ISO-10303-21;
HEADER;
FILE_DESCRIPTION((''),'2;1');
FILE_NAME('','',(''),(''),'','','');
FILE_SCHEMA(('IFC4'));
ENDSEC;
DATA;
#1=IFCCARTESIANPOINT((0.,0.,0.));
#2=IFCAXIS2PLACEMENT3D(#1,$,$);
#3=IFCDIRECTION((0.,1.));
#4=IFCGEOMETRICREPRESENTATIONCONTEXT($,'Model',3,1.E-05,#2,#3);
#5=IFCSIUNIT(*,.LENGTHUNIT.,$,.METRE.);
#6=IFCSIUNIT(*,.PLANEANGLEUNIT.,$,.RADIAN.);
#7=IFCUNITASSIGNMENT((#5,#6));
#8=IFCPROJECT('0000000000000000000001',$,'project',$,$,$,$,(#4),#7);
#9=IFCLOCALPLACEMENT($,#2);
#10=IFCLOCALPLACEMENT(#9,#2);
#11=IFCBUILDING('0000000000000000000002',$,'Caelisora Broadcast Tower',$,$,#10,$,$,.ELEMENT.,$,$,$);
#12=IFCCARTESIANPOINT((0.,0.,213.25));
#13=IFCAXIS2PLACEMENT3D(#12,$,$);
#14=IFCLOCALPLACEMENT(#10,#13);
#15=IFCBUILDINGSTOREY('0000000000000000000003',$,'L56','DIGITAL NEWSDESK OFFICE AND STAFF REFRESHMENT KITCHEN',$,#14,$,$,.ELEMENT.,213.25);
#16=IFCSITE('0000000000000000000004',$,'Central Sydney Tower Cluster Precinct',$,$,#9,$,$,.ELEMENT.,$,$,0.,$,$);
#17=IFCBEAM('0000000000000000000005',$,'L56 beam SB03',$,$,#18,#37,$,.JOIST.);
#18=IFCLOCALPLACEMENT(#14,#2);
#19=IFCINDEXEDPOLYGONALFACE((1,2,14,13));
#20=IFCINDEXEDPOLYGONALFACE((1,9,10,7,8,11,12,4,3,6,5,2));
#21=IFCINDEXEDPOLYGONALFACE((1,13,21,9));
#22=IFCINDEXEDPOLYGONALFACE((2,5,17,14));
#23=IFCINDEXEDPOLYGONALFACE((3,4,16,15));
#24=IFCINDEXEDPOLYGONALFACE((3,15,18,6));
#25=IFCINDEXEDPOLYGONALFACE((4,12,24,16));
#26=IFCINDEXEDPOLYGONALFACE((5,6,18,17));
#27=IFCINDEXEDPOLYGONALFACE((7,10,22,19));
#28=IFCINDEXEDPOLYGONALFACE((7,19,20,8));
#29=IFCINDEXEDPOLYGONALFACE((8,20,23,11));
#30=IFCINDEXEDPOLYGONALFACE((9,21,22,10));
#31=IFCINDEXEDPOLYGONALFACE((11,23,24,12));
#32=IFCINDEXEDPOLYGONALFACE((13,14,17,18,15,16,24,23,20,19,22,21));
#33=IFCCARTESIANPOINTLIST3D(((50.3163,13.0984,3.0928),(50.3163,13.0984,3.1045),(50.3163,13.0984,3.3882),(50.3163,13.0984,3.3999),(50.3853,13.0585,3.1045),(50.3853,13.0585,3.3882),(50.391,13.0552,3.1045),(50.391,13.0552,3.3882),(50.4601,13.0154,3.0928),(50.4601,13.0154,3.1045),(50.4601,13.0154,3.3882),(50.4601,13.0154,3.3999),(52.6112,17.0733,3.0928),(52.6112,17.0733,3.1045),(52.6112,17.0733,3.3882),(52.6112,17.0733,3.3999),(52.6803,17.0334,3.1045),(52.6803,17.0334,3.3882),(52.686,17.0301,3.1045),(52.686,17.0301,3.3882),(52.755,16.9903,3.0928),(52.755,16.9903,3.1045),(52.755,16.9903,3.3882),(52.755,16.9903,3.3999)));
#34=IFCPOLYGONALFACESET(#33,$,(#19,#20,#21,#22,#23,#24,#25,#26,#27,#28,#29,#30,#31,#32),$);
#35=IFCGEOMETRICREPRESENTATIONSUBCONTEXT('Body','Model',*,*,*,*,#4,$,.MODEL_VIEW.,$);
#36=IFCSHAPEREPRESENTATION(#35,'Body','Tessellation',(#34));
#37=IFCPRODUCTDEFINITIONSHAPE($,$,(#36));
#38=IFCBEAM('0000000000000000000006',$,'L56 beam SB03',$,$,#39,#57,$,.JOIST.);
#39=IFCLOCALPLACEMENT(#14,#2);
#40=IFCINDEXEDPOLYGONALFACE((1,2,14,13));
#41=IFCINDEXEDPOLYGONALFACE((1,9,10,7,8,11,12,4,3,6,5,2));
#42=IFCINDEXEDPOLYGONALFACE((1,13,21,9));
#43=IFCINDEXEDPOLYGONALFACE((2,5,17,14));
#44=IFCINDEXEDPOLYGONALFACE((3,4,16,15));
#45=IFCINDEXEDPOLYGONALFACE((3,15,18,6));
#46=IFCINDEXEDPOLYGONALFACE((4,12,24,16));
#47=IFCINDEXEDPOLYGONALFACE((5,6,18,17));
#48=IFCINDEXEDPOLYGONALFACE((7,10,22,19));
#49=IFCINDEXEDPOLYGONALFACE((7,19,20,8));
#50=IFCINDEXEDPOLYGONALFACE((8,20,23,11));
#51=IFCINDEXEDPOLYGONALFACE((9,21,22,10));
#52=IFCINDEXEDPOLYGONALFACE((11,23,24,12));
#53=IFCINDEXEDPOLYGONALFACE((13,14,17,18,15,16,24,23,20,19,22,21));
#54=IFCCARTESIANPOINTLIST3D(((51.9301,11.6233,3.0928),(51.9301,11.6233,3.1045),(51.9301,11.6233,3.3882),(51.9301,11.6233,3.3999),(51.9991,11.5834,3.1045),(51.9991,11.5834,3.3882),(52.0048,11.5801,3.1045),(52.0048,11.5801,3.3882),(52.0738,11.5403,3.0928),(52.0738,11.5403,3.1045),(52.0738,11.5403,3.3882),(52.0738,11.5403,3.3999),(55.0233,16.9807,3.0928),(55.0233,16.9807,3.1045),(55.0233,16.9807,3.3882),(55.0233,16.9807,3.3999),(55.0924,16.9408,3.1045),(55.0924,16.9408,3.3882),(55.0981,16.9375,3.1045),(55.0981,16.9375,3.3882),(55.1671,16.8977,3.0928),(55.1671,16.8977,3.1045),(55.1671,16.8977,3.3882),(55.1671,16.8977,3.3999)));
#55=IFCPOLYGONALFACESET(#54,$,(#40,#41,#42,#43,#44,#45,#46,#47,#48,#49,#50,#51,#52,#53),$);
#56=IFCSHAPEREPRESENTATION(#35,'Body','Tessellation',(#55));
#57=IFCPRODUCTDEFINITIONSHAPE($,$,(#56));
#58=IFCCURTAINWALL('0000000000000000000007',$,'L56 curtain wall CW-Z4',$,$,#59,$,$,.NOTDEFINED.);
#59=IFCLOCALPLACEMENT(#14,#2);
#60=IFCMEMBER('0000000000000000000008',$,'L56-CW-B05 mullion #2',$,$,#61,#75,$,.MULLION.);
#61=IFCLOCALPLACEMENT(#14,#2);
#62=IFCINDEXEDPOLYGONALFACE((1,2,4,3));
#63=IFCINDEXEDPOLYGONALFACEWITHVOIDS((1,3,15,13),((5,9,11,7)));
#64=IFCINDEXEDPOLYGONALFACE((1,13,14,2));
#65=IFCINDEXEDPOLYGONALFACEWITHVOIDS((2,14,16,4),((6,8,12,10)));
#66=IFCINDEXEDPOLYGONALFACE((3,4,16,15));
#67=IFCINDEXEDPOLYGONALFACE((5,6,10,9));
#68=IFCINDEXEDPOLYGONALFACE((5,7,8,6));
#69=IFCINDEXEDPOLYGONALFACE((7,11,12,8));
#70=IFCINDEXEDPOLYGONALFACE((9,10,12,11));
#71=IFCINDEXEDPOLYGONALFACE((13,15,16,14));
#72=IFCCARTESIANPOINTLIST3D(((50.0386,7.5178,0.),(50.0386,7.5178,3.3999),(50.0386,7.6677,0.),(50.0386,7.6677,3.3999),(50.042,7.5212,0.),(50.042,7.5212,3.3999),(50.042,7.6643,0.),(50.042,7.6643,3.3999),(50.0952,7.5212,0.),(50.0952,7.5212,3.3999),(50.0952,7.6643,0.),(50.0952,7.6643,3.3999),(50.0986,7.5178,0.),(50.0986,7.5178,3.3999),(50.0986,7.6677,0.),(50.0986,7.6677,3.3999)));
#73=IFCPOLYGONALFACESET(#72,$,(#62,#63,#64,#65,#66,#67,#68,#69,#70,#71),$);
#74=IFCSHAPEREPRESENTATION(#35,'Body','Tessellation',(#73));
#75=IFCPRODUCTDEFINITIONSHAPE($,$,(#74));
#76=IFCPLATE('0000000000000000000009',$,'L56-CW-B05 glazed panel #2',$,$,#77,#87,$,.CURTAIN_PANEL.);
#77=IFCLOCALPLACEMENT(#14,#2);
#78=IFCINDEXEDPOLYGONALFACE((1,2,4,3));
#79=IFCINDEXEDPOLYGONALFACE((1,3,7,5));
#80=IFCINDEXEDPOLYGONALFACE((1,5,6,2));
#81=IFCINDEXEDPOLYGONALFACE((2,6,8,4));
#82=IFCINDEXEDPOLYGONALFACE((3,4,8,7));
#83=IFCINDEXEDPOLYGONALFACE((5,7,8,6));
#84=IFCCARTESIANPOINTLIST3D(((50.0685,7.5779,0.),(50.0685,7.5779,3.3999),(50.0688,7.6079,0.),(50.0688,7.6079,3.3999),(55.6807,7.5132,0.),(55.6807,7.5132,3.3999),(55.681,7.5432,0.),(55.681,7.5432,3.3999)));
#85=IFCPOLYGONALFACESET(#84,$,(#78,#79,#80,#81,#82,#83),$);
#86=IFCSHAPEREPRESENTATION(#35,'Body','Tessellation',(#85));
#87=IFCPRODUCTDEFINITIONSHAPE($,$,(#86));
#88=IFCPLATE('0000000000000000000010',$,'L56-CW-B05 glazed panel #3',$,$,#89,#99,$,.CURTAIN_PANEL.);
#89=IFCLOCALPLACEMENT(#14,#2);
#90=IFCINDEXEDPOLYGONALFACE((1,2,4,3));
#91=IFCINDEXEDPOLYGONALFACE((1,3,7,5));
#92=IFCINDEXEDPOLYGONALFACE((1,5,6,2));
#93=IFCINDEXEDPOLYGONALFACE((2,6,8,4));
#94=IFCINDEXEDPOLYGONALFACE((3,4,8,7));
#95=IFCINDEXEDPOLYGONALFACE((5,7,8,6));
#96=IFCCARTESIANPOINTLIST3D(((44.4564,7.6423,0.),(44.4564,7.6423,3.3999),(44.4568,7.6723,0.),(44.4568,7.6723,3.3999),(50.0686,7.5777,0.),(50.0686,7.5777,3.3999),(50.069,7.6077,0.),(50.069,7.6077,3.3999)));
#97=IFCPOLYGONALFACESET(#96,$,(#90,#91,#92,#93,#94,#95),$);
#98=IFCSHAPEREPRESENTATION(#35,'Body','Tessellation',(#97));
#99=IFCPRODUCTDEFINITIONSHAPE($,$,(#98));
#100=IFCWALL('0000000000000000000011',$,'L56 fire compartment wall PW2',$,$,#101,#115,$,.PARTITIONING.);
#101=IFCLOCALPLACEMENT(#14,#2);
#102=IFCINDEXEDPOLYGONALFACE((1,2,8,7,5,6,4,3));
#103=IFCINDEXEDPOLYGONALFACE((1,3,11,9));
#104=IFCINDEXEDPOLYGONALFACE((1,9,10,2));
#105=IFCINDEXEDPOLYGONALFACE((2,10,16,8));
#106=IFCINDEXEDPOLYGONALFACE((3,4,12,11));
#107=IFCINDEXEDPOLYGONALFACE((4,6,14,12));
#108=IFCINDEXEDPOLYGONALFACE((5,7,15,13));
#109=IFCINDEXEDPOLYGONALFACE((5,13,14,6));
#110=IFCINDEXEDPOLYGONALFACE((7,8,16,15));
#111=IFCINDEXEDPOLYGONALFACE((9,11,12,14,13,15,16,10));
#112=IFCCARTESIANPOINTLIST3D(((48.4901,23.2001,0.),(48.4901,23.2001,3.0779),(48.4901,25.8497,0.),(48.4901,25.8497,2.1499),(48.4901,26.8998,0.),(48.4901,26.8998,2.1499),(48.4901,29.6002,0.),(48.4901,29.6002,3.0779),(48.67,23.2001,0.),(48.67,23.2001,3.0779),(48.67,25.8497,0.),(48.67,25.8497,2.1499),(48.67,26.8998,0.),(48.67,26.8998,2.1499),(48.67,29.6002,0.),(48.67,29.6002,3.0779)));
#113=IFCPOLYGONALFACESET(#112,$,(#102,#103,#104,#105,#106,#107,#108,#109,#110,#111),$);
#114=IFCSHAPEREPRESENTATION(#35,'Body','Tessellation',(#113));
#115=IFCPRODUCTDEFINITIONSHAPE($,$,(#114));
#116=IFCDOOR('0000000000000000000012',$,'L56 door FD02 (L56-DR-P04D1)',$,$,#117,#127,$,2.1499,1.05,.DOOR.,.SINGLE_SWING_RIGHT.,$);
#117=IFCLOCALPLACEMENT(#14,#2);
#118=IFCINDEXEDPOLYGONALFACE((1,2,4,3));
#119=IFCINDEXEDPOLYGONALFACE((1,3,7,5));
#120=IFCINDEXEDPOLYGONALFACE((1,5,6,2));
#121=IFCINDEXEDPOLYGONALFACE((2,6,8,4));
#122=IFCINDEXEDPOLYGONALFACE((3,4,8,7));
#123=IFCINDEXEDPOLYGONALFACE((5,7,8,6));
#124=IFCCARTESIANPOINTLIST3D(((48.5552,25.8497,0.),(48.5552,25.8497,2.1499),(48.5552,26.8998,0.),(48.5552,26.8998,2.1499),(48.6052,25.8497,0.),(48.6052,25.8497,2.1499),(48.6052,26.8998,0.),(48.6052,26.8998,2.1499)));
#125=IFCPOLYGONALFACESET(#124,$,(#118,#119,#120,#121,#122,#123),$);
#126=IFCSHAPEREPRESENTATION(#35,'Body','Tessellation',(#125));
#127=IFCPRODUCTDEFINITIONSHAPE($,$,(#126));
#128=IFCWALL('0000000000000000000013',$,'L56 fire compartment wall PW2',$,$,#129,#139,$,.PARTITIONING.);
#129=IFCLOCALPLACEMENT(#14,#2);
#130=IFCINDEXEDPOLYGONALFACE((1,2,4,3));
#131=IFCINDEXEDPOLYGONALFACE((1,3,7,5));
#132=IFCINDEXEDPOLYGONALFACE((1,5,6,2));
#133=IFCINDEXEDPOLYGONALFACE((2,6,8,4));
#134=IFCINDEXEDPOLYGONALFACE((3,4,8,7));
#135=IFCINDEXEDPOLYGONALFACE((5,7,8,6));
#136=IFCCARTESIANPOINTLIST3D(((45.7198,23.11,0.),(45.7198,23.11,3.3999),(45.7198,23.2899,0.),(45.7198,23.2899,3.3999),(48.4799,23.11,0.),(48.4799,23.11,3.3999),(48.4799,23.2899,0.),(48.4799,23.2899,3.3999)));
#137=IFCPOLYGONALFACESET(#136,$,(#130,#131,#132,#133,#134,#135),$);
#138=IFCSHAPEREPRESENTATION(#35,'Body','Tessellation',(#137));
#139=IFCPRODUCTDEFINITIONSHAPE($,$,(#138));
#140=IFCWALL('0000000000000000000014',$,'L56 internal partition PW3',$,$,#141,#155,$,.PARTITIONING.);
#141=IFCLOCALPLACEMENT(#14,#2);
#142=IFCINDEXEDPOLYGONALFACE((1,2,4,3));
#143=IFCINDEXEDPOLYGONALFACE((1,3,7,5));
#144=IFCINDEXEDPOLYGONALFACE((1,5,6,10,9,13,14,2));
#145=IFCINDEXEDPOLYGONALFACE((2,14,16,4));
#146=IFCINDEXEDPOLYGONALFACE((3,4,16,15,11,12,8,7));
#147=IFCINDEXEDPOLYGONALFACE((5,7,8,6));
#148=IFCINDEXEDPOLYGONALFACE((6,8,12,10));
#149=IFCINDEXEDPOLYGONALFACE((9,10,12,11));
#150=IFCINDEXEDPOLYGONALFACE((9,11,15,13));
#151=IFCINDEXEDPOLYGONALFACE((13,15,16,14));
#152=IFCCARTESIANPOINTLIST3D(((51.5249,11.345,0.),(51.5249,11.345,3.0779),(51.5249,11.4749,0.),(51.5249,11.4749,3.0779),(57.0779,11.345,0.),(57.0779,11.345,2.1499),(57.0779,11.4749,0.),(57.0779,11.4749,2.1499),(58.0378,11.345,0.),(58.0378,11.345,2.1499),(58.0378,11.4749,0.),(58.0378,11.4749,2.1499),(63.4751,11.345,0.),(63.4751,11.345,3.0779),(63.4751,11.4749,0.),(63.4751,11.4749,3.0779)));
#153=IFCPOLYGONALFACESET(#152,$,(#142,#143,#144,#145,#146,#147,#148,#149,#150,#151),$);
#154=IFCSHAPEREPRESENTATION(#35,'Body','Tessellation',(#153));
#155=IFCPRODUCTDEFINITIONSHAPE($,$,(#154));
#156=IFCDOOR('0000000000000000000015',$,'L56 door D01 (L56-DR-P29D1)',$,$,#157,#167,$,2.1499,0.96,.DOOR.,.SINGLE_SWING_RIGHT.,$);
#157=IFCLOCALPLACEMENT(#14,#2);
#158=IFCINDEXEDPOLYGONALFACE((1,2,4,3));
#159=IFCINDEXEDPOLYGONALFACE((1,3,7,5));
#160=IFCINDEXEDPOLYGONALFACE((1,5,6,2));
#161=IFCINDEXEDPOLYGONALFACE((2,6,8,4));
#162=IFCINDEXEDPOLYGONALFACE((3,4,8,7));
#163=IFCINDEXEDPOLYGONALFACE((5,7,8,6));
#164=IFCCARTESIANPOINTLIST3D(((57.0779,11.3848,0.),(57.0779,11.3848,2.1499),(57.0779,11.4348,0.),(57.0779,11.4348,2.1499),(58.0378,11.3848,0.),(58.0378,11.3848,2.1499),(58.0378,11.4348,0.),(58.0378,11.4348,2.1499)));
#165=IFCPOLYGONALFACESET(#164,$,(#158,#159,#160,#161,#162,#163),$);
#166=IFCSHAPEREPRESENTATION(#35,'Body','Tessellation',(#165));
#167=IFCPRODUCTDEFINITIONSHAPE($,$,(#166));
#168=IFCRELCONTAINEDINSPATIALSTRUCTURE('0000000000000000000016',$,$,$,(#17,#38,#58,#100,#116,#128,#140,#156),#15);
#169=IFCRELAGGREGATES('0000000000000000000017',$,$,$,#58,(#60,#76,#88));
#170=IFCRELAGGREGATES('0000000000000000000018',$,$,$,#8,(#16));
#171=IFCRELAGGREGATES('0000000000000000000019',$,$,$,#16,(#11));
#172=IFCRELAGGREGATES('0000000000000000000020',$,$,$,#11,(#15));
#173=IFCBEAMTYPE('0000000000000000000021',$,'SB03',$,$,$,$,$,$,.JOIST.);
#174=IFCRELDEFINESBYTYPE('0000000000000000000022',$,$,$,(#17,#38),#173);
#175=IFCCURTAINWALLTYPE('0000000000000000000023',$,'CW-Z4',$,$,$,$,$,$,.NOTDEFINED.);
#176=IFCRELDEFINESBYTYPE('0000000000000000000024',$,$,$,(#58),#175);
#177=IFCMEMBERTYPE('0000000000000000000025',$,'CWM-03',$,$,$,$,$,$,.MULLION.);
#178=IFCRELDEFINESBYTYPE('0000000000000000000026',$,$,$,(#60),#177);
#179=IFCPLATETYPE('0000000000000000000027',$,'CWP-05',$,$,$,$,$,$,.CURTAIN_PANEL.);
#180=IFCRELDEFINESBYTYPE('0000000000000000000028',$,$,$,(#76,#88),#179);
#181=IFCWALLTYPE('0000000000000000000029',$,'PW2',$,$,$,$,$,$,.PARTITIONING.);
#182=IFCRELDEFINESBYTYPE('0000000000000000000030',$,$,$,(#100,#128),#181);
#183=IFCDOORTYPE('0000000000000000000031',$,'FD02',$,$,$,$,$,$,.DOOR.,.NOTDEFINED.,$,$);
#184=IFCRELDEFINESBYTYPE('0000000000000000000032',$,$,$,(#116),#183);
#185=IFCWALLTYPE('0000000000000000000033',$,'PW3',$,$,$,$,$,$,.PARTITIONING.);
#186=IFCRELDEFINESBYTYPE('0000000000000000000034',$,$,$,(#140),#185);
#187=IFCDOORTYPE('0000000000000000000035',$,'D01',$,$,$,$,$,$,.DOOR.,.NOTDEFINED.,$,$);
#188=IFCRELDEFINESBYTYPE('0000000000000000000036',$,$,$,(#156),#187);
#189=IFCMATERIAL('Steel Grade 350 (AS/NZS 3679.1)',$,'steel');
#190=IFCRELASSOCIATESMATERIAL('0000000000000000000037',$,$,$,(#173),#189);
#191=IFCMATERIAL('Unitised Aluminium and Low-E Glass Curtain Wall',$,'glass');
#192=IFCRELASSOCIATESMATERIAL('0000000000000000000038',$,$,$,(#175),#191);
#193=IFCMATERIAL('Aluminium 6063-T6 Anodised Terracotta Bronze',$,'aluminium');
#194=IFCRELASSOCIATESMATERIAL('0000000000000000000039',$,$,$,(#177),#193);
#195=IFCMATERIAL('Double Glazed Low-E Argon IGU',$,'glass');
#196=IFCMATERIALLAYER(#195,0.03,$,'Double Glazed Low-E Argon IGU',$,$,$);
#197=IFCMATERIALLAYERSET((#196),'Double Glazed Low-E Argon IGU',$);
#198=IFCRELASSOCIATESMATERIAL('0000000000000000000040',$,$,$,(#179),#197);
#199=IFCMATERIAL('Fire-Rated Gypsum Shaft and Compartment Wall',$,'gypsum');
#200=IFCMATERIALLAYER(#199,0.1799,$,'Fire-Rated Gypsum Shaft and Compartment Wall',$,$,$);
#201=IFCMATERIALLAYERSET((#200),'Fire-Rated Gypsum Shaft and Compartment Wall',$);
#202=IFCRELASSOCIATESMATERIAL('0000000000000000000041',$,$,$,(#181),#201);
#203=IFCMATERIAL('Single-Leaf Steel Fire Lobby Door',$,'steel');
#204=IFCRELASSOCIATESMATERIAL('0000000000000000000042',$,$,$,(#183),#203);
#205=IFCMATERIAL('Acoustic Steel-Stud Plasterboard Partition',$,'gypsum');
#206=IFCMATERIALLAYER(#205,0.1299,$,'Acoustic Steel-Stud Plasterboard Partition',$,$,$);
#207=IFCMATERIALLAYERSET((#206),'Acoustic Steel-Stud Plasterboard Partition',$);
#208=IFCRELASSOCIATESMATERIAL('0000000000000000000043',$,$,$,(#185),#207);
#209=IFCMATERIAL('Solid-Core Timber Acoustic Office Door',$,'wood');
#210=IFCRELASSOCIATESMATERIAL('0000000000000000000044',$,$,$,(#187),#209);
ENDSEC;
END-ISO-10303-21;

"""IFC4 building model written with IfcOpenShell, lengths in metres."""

from ifc_helpers import new_model, si_unit, direction, frame, frame_2d, origin, origin_2d, place, context, subcontext, project, spatial, rectangle, hollow_rectangle, i_section, extrude, source, transform, mapped, material, layer, layer_set, material_profile, profile_set, type_object, type_shapes, element, fill, aggregate, save


model = new_model("IFC4")

# Units and contexts
model_context = context("Model", 3, precision=1e-05, world=origin(), true_north=direction((0.0, 1.0)))
body_context = subcontext(model_context, "Body", "Model", "MODEL_VIEW")
ifc_project = project(units=[si_unit("LENGTHUNIT", "METRE"), si_unit("PLANEANGLEUNIT", "RADIAN")], contexts=[model_context])

# Site, building, storey
site_placement = place(None, origin())
site = spatial("IfcSite", under=ifc_project, at=site_placement, Name="Central Sydney Tower Cluster Precinct", CompositionType="ELEMENT", RefElevation=0.0)
building_placement = place(site_placement, origin())
building = spatial("IfcBuilding", under=site, at=building_placement, Name="Caelisora Broadcast Tower", CompositionType="ELEMENT")
storey_placement = place(building_placement, frame((0.0, 0.0, 213.25)))
storey = spatial("IfcBuildingStorey", under=building, at=storey_placement, Name="L56", Description="DIGITAL NEWSDESK OFFICE AND STAFF REFRESHMENT KITCHEN", CompositionType="ELEMENT", Elevation=213.25)

# Beams
ifc_material_1 = material(Name="Steel Grade 350 (AS/NZS 3679.1)", Category="steel")
ifc_material_profile_1 = material_profile(ifc_material_1, i_section(OverallWidth=0.166, OverallDepth=0.3071, WebThickness=0.0066, FlangeThickness=0.0117, at=origin_2d()), Name="Steel Grade 350 (AS/NZS 3679.1)")
ifc_profile_set_1 = profile_set([ifc_material_profile_1], Name="Steel Grade 350 (AS/NZS 3679.1)")
beam_type_1 = type_object("IfcBeamType", Name="SB03", PredefinedType="JOIST", material=ifc_profile_set_1)
shared_shape_1 = source(origin(), body_context, "Body", "SweptSolid", [
    extrude(i_section(OverallWidth=0.166, OverallDepth=0.3071, WebThickness=0.0066, FlangeThickness=0.0117, at=origin_2d()), origin(), (0.0, 0.0, 1.0), 4.5898),
])
beam_1_placement = place(storey_placement, frame((50.3882, 13.0569, 3.2463), z_axis=(0.500006, 0.866022, 0.0), x_axis=(-0.866022, 0.500006, 0.0)))
element("IfcBeam", 1, at=beam_1_placement, inside=storey, type_object=beam_type_1, Name="L56 beam SB03", PredefinedType="JOIST", context=body_context, shape_type="MappedRepresentation", body=[
    mapped(shared_shape_1, transform((0.0, 0.0, 0.0), scale=1.0)),
])
shared_shape_2 = source(origin(), body_context, "Body", "SweptSolid", [
    extrude(i_section(OverallWidth=0.166, OverallDepth=0.3071, WebThickness=0.0066, FlangeThickness=0.0117, at=origin_2d()), origin(), (0.0, 0.0, 1.0), 6.1863),
])
beam_2_placement = place(storey_placement, frame((52.002, 11.5818, 3.2463), z_axis=(0.500019, 0.866015, 0.0), x_axis=(-0.866015, 0.500019, 0.0)))
element("IfcBeam", 2, at=beam_2_placement, inside=storey, type_object=beam_type_1, Name="L56 beam SB03", PredefinedType="JOIST", context=body_context, shape_type="MappedRepresentation", body=[
    mapped(shared_shape_2, transform((0.0, 0.0, 0.0), scale=1.0)),
])

# Curtain wall, member, plates
ifc_material_2 = material(Name="Unitised Aluminium and Low-E Glass Curtain Wall", Category="glass")
curtain_wall_type = type_object("IfcCurtainWallType", Name="CW-Z4", PredefinedType="NOTDEFINED", material=ifc_material_2)
curtain_wall_placement = place(storey_placement, origin())
curtain_wall = element("IfcCurtainWall", 3, at=curtain_wall_placement, inside=storey, type_object=curtain_wall_type, Name="L56 curtain wall CW-Z4", PredefinedType="NOTDEFINED")
ifc_material_3 = material(Name="Aluminium 6063-T6 Anodised Terracotta Bronze", Category="aluminium")
ifc_material_profile_2 = material_profile(ifc_material_3, hollow_rectangle(XDim=0.0601, YDim=0.1499, WallThickness=0.0034, at=origin_2d()), Name="Aluminium 6063-T6 Anodised Terracotta Bronze")
ifc_profile_set_2 = profile_set([ifc_material_profile_2], Name="Aluminium 6063-T6 Anodised Terracotta Bronze")
member_type = type_object("IfcMemberType", Name="CWM-03", PredefinedType="MULLION", material=ifc_profile_set_2)
shared_shape_3 = source(origin(), body_context, "Body", "SweptSolid", [
    extrude(hollow_rectangle(XDim=0.0601, YDim=0.1499, WallThickness=0.0034, at=origin_2d()), origin(), (0.0, 0.0, 1.0), 3.3999),
])
type_shapes(member_type, [shared_shape_3])
member_placement = place(storey_placement, frame((50.0686, 7.5928, 0.0), z_axis=(0.0, 0.0, 1.0), x_axis=(1.0, 0.0, 0.0)))
member = element("IfcMember", 4, at=member_placement, type_object=member_type, Name="L56-CW-B05 mullion #2", PredefinedType="MULLION", context=body_context, shape_type="MappedRepresentation", body=[
    mapped(shared_shape_3, transform((0.0, 0.0, 0.0), scale=1.0)),
])
ifc_material_4 = material(Name="Double Glazed Low-E Argon IGU", Category="glass")
ifc_layer_1 = layer(ifc_material_4, 0.03, Name="Double Glazed Low-E Argon IGU")
ifc_layer_set_1 = layer_set([ifc_layer_1], Name="Double Glazed Low-E Argon IGU")
plate_type = type_object("IfcPlateType", Name="CWP-05", PredefinedType="CURTAIN_PANEL", material=ifc_layer_set_1)
shared_shape_4 = source(origin(), body_context, "Body", "SweptSolid", [
    extrude(rectangle(XDim=5.6125, YDim=0.03, at=origin_2d()), origin(), (0.0, 0.0, 1.0), 3.3999),
])
type_shapes(plate_type, [shared_shape_4])
plate_1_placement = place(storey_placement, frame((52.8748, 7.5605, 0.0), z_axis=(0.0, 0.0, 1.0), x_axis=(-0.999934, 0.011519, 0.0)))
plate_1 = element("IfcPlate", 5, at=plate_1_placement, type_object=plate_type, Name="L56-CW-B05 glazed panel #2", PredefinedType="CURTAIN_PANEL", context=body_context, shape_type="MappedRepresentation", body=[
    mapped(shared_shape_4, transform((0.0, 0.0, 0.0), scale=1.0)),
])
plate_2_placement = place(storey_placement, frame((47.2627, 7.625, 0.0), z_axis=(0.0, 0.0, 1.0), x_axis=(-0.999934, 0.011519, 0.0)))
plate_2 = element("IfcPlate", 6, at=plate_2_placement, type_object=plate_type, Name="L56-CW-B05 glazed panel #3", PredefinedType="CURTAIN_PANEL", context=body_context, shape_type="MappedRepresentation", body=[
    mapped(shared_shape_4, transform((0.0, 0.0, 0.0), scale=1.0)),
])
aggregate(curtain_wall, [member, plate_1, plate_2])

# Wall, opening, door
ifc_material_5 = material(Name="Fire-Rated Gypsum Shaft and Compartment Wall", Category="gypsum")
ifc_layer_2 = layer(ifc_material_5, 0.1799, Name="Fire-Rated Gypsum Shaft and Compartment Wall")
ifc_layer_set_2 = layer_set([ifc_layer_2], Name="Fire-Rated Gypsum Shaft and Compartment Wall")
wall_type_1 = type_object("IfcWallType", Name="PW2", PredefinedType="PARTITIONING", material=ifc_layer_set_2)
wall_1_placement = place(storey_placement, frame((48.5801, 23.2, 0.0), z_axis=(0.0, 0.0, 1.0), x_axis=(0.0, 1.0, 0.0)))
wall_1 = element("IfcWall", 7, at=wall_1_placement, inside=storey, type_object=wall_type_1, Name="L56 fire compartment wall PW2", PredefinedType="PARTITIONING", context=body_context, shape_type="SweptSolid", body=[
    extrude(rectangle(XDim=6.4001, YDim=0.1799, at=frame_2d((3.2002, 0.0))), origin(), (0.0, 0.0, 1.0), 3.0779),
])
opening_1_placement = place(wall_1_placement, frame((2.6499, 0.0, 0.0)))
opening_1 = element("IfcOpeningElement", 8, at=opening_1_placement, cuts=wall_1, PredefinedType="OPENING", context=body_context, shape_type="SweptSolid", body=[
    extrude(rectangle(XDim=1.05, YDim=2.1499, at=frame_2d((0.5249, 1.075))), frame((0.0, 0.1021, 0.0), z_axis=(0.0, -1.0, 0.0), x_axis=(1.0, 0.0, 0.0)), (0.0, 0.0, 1.0), 0.2039),
])
ifc_material_6 = material(Name="Single-Leaf Steel Fire Lobby Door", Category="steel")
door_type_1 = type_object("IfcDoorType", Name="FD02", OperationType="NOTDEFINED", PredefinedType="DOOR", material=ifc_material_6)
door_1_placement = place(opening_1_placement, origin())
door_1 = element("IfcDoor", 9, at=door_1_placement, inside=storey, type_object=door_type_1, Name="L56 door FD02 (L56-DR-P04D1)", OperationType="SINGLE_SWING_RIGHT", OverallHeight=2.1499, OverallWidth=1.05, PredefinedType="DOOR", context=body_context, shape_type="SweptSolid", body=[
    extrude(rectangle(XDim=1.05, YDim=2.1499, at=frame_2d((0.5249, 1.075))), frame((0.0, 0.0249, 0.0), z_axis=(0.0, -1.0, 0.0), x_axis=(1.0, 0.0, 0.0)), (0.0, 0.0, 1.0), 0.05),
])
fill(opening_1, door_1)

# Wall
wall_2_placement = place(storey_placement, frame((45.72, 23.2, 0.0), z_axis=(0.0, 0.0, 1.0), x_axis=(1.0, 0.0, 0.0)))
element("IfcWall", 10, at=wall_2_placement, inside=storey, type_object=wall_type_1, Name="L56 fire compartment wall PW2", PredefinedType="PARTITIONING", context=body_context, shape_type="SweptSolid", body=[
    extrude(rectangle(XDim=2.76, YDim=0.1799, at=frame_2d((1.3799, 0.0))), origin(), (0.0, 0.0, 1.0), 3.3999),
])

# Wall, opening, door
ifc_material_7 = material(Name="Acoustic Steel-Stud Plasterboard Partition", Category="gypsum")
ifc_layer_3 = layer(ifc_material_7, 0.1299, Name="Acoustic Steel-Stud Plasterboard Partition")
ifc_layer_set_3 = layer_set([ifc_layer_3], Name="Acoustic Steel-Stud Plasterboard Partition")
wall_type_2 = type_object("IfcWallType", Name="PW3", PredefinedType="PARTITIONING", material=ifc_layer_set_3)
wall_3_placement = place(storey_placement, frame((51.5249, 11.4099, 0.0), z_axis=(0.0, 0.0, 1.0), x_axis=(1.0, 0.0, 0.0)))
wall_3 = element("IfcWall", 11, at=wall_3_placement, inside=storey, type_object=wall_type_2, Name="L56 internal partition PW3", PredefinedType="PARTITIONING", context=body_context, shape_type="SweptSolid", body=[
    extrude(rectangle(XDim=11.9502, YDim=0.1299, at=frame_2d((5.9751, 0.0))), origin(), (0.0, 0.0, 1.0), 3.0779),
])
opening_2_placement = place(wall_3_placement, frame((5.553, 0.0, 0.0)))
opening_2 = element("IfcOpeningElement", 12, at=opening_2_placement, cuts=wall_3, PredefinedType="OPENING", context=body_context, shape_type="SweptSolid", body=[
    extrude(rectangle(XDim=0.96, YDim=2.1499, at=frame_2d((0.48, 1.075))), frame((0.0, 0.0769, 0.0), z_axis=(0.0, -1.0, 0.0), x_axis=(1.0, 0.0, 0.0)), (0.0, 0.0, 1.0), 0.1538),
])
ifc_material_8 = material(Name="Solid-Core Timber Acoustic Office Door", Category="wood")
door_type_2 = type_object("IfcDoorType", Name="D01", OperationType="NOTDEFINED", PredefinedType="DOOR", material=ifc_material_8)
door_2_placement = place(opening_2_placement, origin())
door_2 = element("IfcDoor", 13, at=door_2_placement, inside=storey, type_object=door_type_2, Name="L56 door D01 (L56-DR-P29D1)", OperationType="SINGLE_SWING_RIGHT", OverallHeight=2.1499, OverallWidth=0.96, PredefinedType="DOOR", context=body_context, shape_type="SweptSolid", body=[
    extrude(rectangle(XDim=0.96, YDim=2.1499, at=frame_2d((0.48, 1.075))), frame((0.0, 0.0249, 0.0), z_axis=(0.0, -1.0, 0.0), x_axis=(1.0, 0.0, 0.0)), (0.0, 0.0, 1.0), 0.05),
])
fill(opening_2, door_2)

save(model, "model.ifc")
